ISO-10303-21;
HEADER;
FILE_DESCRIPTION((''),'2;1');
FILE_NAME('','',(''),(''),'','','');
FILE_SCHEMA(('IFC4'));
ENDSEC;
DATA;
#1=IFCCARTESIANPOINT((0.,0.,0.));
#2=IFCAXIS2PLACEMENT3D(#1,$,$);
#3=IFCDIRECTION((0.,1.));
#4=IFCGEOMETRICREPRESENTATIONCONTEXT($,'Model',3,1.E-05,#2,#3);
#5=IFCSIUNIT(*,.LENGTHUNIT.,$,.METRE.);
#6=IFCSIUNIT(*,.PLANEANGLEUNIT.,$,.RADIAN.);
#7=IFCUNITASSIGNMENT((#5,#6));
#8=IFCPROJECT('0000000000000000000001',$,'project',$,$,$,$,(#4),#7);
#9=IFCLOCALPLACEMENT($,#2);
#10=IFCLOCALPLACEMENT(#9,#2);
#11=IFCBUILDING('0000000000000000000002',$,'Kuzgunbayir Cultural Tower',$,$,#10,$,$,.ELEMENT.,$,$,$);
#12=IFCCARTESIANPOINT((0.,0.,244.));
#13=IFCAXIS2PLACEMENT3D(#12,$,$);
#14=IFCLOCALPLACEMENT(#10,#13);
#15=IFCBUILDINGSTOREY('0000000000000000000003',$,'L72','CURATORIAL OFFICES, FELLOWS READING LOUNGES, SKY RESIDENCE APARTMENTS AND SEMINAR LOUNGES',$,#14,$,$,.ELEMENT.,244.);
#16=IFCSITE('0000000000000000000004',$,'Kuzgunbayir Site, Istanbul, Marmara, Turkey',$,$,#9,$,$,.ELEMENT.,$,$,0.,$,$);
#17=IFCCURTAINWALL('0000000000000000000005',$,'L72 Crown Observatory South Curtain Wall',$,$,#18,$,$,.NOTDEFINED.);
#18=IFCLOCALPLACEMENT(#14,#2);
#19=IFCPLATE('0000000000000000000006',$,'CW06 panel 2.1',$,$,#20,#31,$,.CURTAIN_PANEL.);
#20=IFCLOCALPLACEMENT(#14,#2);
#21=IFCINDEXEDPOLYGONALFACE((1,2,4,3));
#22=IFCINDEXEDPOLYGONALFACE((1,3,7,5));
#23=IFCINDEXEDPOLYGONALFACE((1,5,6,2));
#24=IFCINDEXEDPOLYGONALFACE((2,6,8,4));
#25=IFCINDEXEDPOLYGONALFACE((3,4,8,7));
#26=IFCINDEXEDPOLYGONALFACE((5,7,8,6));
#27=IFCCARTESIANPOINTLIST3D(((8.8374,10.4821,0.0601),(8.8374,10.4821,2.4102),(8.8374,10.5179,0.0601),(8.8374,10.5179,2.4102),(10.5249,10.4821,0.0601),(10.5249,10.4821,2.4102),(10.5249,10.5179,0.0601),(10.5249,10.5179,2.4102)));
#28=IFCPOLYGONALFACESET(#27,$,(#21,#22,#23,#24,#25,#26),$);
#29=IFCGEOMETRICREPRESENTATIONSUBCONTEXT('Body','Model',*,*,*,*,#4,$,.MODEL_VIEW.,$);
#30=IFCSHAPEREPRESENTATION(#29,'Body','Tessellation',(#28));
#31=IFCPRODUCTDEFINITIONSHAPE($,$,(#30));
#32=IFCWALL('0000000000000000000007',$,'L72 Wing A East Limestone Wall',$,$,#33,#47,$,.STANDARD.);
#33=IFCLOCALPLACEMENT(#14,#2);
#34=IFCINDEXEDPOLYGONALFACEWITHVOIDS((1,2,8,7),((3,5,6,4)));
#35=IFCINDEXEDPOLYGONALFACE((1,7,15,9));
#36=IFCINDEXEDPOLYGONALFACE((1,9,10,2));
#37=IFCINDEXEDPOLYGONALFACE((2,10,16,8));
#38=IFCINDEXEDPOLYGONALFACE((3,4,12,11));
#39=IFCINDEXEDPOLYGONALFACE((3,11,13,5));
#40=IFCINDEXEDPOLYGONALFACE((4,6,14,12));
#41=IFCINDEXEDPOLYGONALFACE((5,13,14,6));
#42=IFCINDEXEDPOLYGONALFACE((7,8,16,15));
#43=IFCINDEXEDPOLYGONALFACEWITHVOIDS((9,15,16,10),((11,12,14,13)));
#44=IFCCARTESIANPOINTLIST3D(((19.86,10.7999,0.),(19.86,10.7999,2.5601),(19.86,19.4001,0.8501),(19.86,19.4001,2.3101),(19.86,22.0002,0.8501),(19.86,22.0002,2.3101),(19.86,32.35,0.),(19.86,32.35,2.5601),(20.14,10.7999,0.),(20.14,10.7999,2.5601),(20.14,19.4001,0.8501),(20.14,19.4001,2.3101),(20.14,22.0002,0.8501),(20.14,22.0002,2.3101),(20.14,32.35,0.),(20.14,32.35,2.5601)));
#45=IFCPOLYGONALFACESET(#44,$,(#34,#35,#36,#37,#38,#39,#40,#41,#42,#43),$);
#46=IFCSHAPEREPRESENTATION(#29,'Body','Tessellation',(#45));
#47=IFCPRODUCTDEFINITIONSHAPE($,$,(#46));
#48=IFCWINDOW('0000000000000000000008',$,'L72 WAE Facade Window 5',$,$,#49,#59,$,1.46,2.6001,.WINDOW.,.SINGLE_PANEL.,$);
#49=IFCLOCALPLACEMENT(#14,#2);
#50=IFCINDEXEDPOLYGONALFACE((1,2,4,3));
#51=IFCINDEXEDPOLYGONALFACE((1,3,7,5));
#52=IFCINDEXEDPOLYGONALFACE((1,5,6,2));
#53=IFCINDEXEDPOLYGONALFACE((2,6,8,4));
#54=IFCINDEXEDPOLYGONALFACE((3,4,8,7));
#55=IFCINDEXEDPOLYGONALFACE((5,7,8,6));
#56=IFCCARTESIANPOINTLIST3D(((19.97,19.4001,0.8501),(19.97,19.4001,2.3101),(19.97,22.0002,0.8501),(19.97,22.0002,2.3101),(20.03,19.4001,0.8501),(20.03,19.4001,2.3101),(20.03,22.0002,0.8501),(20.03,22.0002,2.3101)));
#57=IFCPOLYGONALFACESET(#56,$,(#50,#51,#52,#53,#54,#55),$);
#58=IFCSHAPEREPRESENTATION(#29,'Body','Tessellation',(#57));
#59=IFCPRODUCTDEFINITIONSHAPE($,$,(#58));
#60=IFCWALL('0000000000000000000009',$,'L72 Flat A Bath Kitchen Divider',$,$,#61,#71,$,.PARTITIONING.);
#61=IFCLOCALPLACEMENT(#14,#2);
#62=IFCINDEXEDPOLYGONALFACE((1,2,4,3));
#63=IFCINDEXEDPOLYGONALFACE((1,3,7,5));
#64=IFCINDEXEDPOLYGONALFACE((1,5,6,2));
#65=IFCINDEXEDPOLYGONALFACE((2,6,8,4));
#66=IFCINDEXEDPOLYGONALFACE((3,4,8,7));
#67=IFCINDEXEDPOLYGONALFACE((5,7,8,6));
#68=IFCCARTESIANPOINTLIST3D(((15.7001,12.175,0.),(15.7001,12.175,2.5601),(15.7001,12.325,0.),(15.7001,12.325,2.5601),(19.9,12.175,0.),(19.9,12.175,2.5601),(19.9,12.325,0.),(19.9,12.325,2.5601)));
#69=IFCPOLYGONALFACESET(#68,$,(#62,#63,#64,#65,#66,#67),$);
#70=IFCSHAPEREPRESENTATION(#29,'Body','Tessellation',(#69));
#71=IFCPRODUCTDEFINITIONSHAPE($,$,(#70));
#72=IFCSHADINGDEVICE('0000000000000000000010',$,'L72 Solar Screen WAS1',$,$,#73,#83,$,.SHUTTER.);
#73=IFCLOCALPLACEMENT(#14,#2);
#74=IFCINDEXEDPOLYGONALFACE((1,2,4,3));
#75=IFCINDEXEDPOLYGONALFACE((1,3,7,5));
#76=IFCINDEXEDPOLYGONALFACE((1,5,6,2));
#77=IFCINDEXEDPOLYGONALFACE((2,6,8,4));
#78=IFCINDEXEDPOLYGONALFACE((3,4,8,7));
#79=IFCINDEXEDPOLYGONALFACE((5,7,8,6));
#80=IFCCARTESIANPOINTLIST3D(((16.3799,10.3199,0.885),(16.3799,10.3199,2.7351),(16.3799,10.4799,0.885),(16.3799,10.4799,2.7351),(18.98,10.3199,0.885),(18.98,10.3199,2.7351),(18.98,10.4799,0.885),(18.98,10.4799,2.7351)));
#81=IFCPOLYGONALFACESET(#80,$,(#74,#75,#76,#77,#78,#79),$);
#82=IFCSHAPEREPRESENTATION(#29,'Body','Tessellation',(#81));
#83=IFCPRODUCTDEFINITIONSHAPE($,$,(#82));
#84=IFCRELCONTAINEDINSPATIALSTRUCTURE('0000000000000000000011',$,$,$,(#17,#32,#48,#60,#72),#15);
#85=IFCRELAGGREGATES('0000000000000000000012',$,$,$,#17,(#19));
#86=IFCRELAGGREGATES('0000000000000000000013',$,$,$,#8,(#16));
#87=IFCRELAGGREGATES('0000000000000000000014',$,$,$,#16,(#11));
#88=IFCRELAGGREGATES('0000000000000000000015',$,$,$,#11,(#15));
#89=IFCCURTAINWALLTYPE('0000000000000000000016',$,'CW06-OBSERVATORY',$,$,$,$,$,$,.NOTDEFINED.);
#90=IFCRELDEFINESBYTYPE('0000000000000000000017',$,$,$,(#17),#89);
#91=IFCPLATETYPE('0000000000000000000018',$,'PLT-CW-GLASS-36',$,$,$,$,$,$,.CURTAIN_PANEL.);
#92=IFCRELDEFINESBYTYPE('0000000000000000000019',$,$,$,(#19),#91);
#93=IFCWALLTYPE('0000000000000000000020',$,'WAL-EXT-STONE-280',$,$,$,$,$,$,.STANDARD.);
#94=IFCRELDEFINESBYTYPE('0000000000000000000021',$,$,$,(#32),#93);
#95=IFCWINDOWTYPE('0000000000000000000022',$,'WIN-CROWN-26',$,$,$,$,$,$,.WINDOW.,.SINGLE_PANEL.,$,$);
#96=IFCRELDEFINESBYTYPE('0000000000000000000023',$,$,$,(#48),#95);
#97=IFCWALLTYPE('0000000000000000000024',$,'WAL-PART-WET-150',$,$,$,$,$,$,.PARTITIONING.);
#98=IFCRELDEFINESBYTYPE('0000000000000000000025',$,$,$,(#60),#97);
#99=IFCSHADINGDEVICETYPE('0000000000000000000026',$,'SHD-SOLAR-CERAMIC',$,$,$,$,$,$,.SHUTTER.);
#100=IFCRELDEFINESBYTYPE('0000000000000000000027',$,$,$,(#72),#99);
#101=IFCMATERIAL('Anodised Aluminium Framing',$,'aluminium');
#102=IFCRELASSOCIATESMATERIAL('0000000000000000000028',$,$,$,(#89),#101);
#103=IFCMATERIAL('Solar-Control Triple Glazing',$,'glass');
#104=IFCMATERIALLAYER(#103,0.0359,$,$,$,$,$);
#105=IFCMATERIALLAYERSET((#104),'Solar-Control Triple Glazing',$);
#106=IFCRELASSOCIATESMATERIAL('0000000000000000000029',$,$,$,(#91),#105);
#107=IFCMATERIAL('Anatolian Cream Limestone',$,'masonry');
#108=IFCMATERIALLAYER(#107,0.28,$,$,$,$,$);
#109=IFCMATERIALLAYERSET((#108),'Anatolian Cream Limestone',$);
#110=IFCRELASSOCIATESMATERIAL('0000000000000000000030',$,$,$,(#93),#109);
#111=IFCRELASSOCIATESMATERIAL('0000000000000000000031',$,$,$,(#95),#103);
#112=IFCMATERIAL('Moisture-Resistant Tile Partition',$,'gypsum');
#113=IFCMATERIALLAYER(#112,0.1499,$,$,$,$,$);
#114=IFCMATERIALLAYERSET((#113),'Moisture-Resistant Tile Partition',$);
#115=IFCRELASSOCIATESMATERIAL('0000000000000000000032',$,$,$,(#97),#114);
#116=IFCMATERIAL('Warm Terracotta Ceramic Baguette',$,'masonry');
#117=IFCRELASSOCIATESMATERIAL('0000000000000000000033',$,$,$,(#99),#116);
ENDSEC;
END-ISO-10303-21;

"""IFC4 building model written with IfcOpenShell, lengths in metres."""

from ifc_helpers import new_model, si_unit, direction, frame, frame_2d, origin, origin_2d, place, context, subcontext, project, spatial, rectangle, extrude, material, layer, layer_set, type_object, element, fill, aggregate, save


model = new_model("IFC4")

# Units and contexts
model_context = context("Model", 3, precision=1e-05, world=origin(), true_north=direction((0.0, 1.0)))
body_context = subcontext(model_context, "Body", "Model", "MODEL_VIEW")
ifc_project = project(units=[si_unit("LENGTHUNIT", "METRE"), si_unit("PLANEANGLEUNIT", "RADIAN")], contexts=[model_context])

# Site, building, storey
site_placement = place(None, origin())
site = spatial("IfcSite", under=ifc_project, at=site_placement, Name="Kuzgunbayir Site, Istanbul, Marmara, Turkey", CompositionType="ELEMENT", RefElevation=0.0)
building_placement = place(site_placement, origin())
building = spatial("IfcBuilding", under=site, at=building_placement, Name="Kuzgunbayir Cultural Tower", CompositionType="ELEMENT")
storey_placement = place(building_placement, frame((0.0, 0.0, 244.0)))
storey = spatial("IfcBuildingStorey", under=building, at=storey_placement, Name="L72", Description="CURATORIAL OFFICES, FELLOWS READING LOUNGES, SKY RESIDENCE APARTMENTS AND SEMINAR LOUNGES", CompositionType="ELEMENT", Elevation=244.0)

# Curtain wall, plate
ifc_material_1 = material(Name="Anodised Aluminium Framing", Category="aluminium")
curtain_wall_type = type_object("IfcCurtainWallType", Name="CW06-OBSERVATORY", PredefinedType="NOTDEFINED", material=ifc_material_1)
curtain_wall_placement = place(storey_placement, origin())
curtain_wall = element("IfcCurtainWall", 1, at=curtain_wall_placement, inside=storey, type_object=curtain_wall_type, Name="L72 Crown Observatory South Curtain Wall", PredefinedType="NOTDEFINED")
ifc_material_2 = material(Name="Solar-Control Triple Glazing", Category="glass")
ifc_layer_1 = layer(ifc_material_2, 0.0359)
ifc_layer_set_1 = layer_set([ifc_layer_1], Name="Solar-Control Triple Glazing")
plate_type = type_object("IfcPlateType", Name="PLT-CW-GLASS-36", PredefinedType="CURTAIN_PANEL", material=ifc_layer_set_1)
plate_1_placement = place(storey_placement, frame((9.6812, 10.5, 0.0601), z_axis=(0.0, 0.0, 1.0), x_axis=(1.0, 0.0, 0.0)))
plate_1 = element("IfcPlate", 2, at=plate_1_placement, type_object=plate_type, Name="CW06 panel 2.1", PredefinedType="CURTAIN_PANEL", context=body_context, shape_type="SweptSolid", body=[
    extrude(rectangle(XDim=1.6875, YDim=0.0359, at=origin_2d()), origin(), (0.0, 0.0, 1.0), 2.3501),
])
aggregate(curtain_wall, [plate_1])

# Wall, opening, window
ifc_material_3 = material(Name="Anatolian Cream Limestone", Category="masonry")
ifc_layer_2 = layer(ifc_material_3, 0.28)
ifc_layer_set_2 = layer_set([ifc_layer_2], Name="Anatolian Cream Limestone")
wall_type_1 = type_object("IfcWallType", Name="WAL-EXT-STONE-280", PredefinedType="STANDARD", material=ifc_layer_set_2)
wall_1_placement = place(storey_placement, frame((20.0, 10.8, 0.0), z_axis=(0.0, 0.0, 1.0), x_axis=(0.0, 1.0, 0.0)))
wall_1 = element("IfcWall", 3, at=wall_1_placement, inside=storey, type_object=wall_type_1, Name="L72 Wing A East Limestone Wall", PredefinedType="STANDARD", context=body_context, shape_type="SweptSolid", body=[
    extrude(rectangle(XDim=21.55, YDim=0.28, at=frame_2d((10.7749, 0.0))), origin(), (0.0, 0.0, 1.0), 2.5601),
])
opening_1_placement = place(wall_1_placement, frame((8.6001, 0.0, 0.8501)))
opening_1 = element("IfcOpeningElement", 4, at=opening_1_placement, cuts=wall_1, PredefinedType="OPENING", context=body_context, shape_type="SweptSolid", body=[
    extrude(rectangle(XDim=2.6001, YDim=1.46, at=frame_2d((1.3, 0.73))), frame((0.0, 0.1499, 0.0), z_axis=(0.0, -1.0, 0.0), x_axis=(1.0, 0.0, 0.0)), (0.0, 0.0, 1.0), 0.3),
])
window_type = type_object("IfcWindowType", Name="WIN-CROWN-26", PartitioningType="SINGLE_PANEL", PredefinedType="WINDOW", material=ifc_material_2)
window_placement = place(opening_1_placement, origin())
window = element("IfcWindow", 5, at=window_placement, inside=storey, type_object=window_type, Name="L72 WAE Facade Window 5", OverallHeight=1.46, OverallWidth=2.6001, PartitioningType="SINGLE_PANEL", PredefinedType="WINDOW", context=body_context, shape_type="SweptSolid", body=[
    extrude(rectangle(XDim=2.6001, YDim=1.46, at=frame_2d((1.3, 0.73))), frame((0.0, 0.03, 0.0), z_axis=(0.0, -1.0, 0.0), x_axis=(1.0, 0.0, 0.0)), (0.0, 0.0, 1.0), 0.0601),
])
fill(opening_1, window)

# Shared definitions
ifc_material_4 = material(Name="Moisture-Resistant Tile Partition", Category="gypsum")
ifc_layer_3 = layer(ifc_material_4, 0.1499)
ifc_layer_set_3 = layer_set([ifc_layer_3], Name="Moisture-Resistant Tile Partition")
wall_type_2 = type_object("IfcWallType", Name="WAL-PART-WET-150", PredefinedType="PARTITIONING", material=ifc_layer_set_3)

# Wall
wall_2_placement = place(storey_placement, frame((15.7, 12.25, 0.0), z_axis=(0.0, 0.0, 1.0), x_axis=(1.0, 0.0, 0.0)))
element("IfcWall", 6, at=wall_2_placement, inside=storey, type_object=wall_type_2, Name="L72 Flat A Bath Kitchen Divider", PredefinedType="PARTITIONING", context=body_context, shape_type="SweptSolid", body=[
    extrude(rectangle(XDim=4.2, YDim=0.1499, at=frame_2d((2.1001, 0.0))), origin(), (0.0, 0.0, 1.0), 2.5601),
])

# Shading device
ifc_material_5 = material(Name="Warm Terracotta Ceramic Baguette", Category="masonry")
shading_device_type = type_object("IfcShadingDeviceType", Name="SHD-SOLAR-CERAMIC", PredefinedType="SHUTTER", material=ifc_material_5)
shading_device_placement = place(storey_placement, frame((17.6799, 10.3999, 0.885), z_axis=(0.0, 0.0, 1.0), x_axis=(1.0, 0.0, 0.0)))
element("IfcShadingDevice", 7, at=shading_device_placement, inside=storey, type_object=shading_device_type, Name="L72 Solar Screen WAS1", PredefinedType="SHUTTER", context=body_context, shape_type="SweptSolid", body=[
    extrude(rectangle(XDim=2.6001, YDim=0.1599, at=origin_2d()), origin(), (0.0, 0.0, 1.0), 1.8501),
])

save(model, "model.ifc")
